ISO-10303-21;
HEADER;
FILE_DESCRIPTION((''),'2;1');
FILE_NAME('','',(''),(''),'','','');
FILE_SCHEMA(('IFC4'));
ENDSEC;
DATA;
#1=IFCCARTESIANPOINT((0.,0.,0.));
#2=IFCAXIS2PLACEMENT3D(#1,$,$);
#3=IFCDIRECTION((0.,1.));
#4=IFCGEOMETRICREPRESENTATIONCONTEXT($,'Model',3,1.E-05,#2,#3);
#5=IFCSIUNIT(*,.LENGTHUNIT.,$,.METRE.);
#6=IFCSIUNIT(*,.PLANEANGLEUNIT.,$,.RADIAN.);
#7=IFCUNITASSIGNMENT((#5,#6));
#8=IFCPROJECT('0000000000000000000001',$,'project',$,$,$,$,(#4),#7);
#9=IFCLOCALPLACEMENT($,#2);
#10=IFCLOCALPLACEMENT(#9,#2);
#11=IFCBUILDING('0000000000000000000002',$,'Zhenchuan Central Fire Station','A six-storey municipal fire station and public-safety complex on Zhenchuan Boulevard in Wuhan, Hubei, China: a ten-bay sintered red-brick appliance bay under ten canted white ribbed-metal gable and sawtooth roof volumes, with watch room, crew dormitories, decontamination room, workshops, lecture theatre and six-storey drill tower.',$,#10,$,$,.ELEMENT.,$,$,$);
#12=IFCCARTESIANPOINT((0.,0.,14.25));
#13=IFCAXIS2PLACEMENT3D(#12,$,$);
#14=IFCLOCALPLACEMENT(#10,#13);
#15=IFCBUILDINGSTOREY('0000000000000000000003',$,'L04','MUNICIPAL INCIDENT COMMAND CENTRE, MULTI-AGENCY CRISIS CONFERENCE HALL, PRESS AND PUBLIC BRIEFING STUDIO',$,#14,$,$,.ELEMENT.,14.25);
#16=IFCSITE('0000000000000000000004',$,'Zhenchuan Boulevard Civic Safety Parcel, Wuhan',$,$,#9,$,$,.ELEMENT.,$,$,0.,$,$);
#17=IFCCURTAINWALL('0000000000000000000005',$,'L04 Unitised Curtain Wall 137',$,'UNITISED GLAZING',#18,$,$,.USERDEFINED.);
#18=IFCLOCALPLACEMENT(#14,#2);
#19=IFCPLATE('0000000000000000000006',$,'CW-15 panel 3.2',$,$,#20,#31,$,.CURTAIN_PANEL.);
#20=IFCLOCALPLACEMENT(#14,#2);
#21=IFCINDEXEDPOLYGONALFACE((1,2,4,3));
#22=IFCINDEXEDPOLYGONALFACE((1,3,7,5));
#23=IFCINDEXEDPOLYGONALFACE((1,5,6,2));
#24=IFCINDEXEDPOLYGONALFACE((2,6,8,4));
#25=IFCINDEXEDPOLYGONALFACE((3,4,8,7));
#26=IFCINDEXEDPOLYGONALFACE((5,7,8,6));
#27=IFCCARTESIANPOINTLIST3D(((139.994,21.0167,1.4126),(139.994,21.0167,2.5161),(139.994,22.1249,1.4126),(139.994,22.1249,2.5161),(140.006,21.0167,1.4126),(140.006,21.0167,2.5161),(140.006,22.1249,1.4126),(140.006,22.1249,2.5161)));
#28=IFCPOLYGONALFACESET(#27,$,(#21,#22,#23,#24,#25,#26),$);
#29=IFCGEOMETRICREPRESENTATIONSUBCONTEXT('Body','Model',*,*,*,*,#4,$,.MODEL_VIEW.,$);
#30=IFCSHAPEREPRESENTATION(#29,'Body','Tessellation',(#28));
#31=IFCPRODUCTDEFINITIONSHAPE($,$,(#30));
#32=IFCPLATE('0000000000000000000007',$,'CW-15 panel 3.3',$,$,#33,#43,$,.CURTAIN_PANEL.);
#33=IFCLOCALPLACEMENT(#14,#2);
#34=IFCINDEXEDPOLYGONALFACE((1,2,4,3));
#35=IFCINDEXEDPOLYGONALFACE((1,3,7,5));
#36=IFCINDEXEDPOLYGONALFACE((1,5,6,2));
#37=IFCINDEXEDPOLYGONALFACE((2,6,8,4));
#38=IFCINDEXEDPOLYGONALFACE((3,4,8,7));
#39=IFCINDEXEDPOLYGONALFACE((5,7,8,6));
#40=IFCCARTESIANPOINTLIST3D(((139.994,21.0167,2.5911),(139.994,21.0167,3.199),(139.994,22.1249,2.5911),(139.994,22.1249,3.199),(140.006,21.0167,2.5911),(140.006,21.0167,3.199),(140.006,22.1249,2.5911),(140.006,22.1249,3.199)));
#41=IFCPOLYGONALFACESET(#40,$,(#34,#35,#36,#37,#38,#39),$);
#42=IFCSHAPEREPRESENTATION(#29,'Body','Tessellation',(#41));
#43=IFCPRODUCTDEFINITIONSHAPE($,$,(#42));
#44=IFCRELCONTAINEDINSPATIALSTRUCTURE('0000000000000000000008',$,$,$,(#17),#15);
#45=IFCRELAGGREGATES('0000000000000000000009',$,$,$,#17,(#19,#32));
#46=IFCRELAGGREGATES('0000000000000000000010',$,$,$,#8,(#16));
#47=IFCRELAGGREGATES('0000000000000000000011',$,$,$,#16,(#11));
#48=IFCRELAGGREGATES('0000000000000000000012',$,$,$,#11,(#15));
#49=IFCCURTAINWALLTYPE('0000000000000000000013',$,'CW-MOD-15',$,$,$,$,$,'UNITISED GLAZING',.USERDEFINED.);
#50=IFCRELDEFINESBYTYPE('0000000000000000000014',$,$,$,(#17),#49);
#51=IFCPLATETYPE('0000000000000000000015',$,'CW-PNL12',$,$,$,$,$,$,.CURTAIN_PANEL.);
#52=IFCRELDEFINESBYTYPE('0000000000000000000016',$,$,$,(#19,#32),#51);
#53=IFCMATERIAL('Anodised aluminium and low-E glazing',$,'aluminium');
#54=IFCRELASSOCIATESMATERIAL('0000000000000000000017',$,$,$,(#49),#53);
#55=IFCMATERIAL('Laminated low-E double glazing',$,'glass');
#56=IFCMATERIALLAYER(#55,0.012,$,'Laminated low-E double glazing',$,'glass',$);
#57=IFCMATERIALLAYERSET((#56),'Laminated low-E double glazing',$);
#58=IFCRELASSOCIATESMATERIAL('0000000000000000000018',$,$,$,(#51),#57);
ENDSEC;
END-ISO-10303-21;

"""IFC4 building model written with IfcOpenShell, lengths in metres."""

from ifc_helpers import new_model, si_unit, direction, frame, origin, origin_2d, place, context, subcontext, project, spatial, rectangle, extrude, material, layer, layer_set, type_object, element, aggregate, save


model = new_model("IFC4")

# Units and contexts
model_context = context("Model", 3, precision=1e-05, world=origin(), true_north=direction((0.0, 1.0)))
body_context = subcontext(model_context, "Body", "Model", "MODEL_VIEW")
ifc_project = project(units=[si_unit("LENGTHUNIT", "METRE"), si_unit("PLANEANGLEUNIT", "RADIAN")], contexts=[model_context])

# Site, building, storey
site_placement = place(None, origin())
site = spatial("IfcSite", under=ifc_project, at=site_placement, Name="Zhenchuan Boulevard Civic Safety Parcel, Wuhan", CompositionType="ELEMENT", RefElevation=0.0)
building_placement = place(site_placement, origin())
building = spatial("IfcBuilding", under=site, at=building_placement, Name="Zhenchuan Central Fire Station", Description="A six-storey municipal fire station and public-safety complex on Zhenchuan Boulevard in Wuhan, Hubei, China: a ten-bay sintered red-brick appliance bay under ten canted white ribbed-metal gable and sawtooth roof volumes, with watch room, crew dormitories, decontamination room, workshops, lecture theatre and six-storey drill tower.", CompositionType="ELEMENT")
storey_placement = place(building_placement, frame((0.0, 0.0, 14.25)))
storey = spatial("IfcBuildingStorey", under=building, at=storey_placement, Name="L04", Description="MUNICIPAL INCIDENT COMMAND CENTRE, MULTI-AGENCY CRISIS CONFERENCE HALL, PRESS AND PUBLIC BRIEFING STUDIO", CompositionType="ELEMENT", Elevation=14.25)

# Curtain wall
ifc_material_1 = material(Name="Anodised aluminium and low-E glazing", Category="aluminium")
curtain_wall_type = type_object("IfcCurtainWallType", Name="CW-MOD-15", ElementType="UNITISED GLAZING", PredefinedType="USERDEFINED", material=ifc_material_1)
curtain_wall_1_placement = place(storey_placement, origin())
curtain_wall_1 = element("IfcCurtainWall", 1, at=curtain_wall_1_placement, inside=storey, type_object=curtain_wall_type, Name="L04 Unitised Curtain Wall 137", ObjectType="UNITISED GLAZING", PredefinedType="USERDEFINED")

# Plates
ifc_material_2 = material(Name="Laminated low-E double glazing", Category="glass")
ifc_layer = layer(ifc_material_2, 0.012, Name="Laminated low-E double glazing", Category="glass")
ifc_layer_set = layer_set([ifc_layer], Name="Laminated low-E double glazing")
plate_type = type_object("IfcPlateType", Name="CW-PNL12", PredefinedType="CURTAIN_PANEL", material=ifc_layer_set)
plate_1_placement = place(storey_placement, frame((140.0, 21.5708, 1.4126), z_axis=(0.0, 0.0, 1.0), x_axis=(0.0, 1.0, 0.0)))
plate_1 = element("IfcPlate", 2, at=plate_1_placement, type_object=plate_type, Name="CW-15 panel 3.2", PredefinedType="CURTAIN_PANEL", context=body_context, shape_type="SweptSolid", body=[
    extrude(rectangle(XDim=1.1082, YDim=0.012, at=origin_2d()), origin(), (0.0, 0.0, 1.0), 1.1035),
])
plate_2_placement = place(storey_placement, frame((140.0, 21.5708, 2.5911), z_axis=(0.0, 0.0, 1.0), x_axis=(0.0, 1.0, 0.0)))
plate_2 = element("IfcPlate", 3, at=plate_2_placement, type_object=plate_type, Name="CW-15 panel 3.3", PredefinedType="CURTAIN_PANEL", context=body_context, shape_type="SweptSolid", body=[
    extrude(rectangle(XDim=1.1082, YDim=0.012, at=origin_2d()), origin(), (0.0, 0.0, 1.0), 0.6079),
])
aggregate(curtain_wall_1, [plate_1, plate_2])

save(model, "model.ifc")
